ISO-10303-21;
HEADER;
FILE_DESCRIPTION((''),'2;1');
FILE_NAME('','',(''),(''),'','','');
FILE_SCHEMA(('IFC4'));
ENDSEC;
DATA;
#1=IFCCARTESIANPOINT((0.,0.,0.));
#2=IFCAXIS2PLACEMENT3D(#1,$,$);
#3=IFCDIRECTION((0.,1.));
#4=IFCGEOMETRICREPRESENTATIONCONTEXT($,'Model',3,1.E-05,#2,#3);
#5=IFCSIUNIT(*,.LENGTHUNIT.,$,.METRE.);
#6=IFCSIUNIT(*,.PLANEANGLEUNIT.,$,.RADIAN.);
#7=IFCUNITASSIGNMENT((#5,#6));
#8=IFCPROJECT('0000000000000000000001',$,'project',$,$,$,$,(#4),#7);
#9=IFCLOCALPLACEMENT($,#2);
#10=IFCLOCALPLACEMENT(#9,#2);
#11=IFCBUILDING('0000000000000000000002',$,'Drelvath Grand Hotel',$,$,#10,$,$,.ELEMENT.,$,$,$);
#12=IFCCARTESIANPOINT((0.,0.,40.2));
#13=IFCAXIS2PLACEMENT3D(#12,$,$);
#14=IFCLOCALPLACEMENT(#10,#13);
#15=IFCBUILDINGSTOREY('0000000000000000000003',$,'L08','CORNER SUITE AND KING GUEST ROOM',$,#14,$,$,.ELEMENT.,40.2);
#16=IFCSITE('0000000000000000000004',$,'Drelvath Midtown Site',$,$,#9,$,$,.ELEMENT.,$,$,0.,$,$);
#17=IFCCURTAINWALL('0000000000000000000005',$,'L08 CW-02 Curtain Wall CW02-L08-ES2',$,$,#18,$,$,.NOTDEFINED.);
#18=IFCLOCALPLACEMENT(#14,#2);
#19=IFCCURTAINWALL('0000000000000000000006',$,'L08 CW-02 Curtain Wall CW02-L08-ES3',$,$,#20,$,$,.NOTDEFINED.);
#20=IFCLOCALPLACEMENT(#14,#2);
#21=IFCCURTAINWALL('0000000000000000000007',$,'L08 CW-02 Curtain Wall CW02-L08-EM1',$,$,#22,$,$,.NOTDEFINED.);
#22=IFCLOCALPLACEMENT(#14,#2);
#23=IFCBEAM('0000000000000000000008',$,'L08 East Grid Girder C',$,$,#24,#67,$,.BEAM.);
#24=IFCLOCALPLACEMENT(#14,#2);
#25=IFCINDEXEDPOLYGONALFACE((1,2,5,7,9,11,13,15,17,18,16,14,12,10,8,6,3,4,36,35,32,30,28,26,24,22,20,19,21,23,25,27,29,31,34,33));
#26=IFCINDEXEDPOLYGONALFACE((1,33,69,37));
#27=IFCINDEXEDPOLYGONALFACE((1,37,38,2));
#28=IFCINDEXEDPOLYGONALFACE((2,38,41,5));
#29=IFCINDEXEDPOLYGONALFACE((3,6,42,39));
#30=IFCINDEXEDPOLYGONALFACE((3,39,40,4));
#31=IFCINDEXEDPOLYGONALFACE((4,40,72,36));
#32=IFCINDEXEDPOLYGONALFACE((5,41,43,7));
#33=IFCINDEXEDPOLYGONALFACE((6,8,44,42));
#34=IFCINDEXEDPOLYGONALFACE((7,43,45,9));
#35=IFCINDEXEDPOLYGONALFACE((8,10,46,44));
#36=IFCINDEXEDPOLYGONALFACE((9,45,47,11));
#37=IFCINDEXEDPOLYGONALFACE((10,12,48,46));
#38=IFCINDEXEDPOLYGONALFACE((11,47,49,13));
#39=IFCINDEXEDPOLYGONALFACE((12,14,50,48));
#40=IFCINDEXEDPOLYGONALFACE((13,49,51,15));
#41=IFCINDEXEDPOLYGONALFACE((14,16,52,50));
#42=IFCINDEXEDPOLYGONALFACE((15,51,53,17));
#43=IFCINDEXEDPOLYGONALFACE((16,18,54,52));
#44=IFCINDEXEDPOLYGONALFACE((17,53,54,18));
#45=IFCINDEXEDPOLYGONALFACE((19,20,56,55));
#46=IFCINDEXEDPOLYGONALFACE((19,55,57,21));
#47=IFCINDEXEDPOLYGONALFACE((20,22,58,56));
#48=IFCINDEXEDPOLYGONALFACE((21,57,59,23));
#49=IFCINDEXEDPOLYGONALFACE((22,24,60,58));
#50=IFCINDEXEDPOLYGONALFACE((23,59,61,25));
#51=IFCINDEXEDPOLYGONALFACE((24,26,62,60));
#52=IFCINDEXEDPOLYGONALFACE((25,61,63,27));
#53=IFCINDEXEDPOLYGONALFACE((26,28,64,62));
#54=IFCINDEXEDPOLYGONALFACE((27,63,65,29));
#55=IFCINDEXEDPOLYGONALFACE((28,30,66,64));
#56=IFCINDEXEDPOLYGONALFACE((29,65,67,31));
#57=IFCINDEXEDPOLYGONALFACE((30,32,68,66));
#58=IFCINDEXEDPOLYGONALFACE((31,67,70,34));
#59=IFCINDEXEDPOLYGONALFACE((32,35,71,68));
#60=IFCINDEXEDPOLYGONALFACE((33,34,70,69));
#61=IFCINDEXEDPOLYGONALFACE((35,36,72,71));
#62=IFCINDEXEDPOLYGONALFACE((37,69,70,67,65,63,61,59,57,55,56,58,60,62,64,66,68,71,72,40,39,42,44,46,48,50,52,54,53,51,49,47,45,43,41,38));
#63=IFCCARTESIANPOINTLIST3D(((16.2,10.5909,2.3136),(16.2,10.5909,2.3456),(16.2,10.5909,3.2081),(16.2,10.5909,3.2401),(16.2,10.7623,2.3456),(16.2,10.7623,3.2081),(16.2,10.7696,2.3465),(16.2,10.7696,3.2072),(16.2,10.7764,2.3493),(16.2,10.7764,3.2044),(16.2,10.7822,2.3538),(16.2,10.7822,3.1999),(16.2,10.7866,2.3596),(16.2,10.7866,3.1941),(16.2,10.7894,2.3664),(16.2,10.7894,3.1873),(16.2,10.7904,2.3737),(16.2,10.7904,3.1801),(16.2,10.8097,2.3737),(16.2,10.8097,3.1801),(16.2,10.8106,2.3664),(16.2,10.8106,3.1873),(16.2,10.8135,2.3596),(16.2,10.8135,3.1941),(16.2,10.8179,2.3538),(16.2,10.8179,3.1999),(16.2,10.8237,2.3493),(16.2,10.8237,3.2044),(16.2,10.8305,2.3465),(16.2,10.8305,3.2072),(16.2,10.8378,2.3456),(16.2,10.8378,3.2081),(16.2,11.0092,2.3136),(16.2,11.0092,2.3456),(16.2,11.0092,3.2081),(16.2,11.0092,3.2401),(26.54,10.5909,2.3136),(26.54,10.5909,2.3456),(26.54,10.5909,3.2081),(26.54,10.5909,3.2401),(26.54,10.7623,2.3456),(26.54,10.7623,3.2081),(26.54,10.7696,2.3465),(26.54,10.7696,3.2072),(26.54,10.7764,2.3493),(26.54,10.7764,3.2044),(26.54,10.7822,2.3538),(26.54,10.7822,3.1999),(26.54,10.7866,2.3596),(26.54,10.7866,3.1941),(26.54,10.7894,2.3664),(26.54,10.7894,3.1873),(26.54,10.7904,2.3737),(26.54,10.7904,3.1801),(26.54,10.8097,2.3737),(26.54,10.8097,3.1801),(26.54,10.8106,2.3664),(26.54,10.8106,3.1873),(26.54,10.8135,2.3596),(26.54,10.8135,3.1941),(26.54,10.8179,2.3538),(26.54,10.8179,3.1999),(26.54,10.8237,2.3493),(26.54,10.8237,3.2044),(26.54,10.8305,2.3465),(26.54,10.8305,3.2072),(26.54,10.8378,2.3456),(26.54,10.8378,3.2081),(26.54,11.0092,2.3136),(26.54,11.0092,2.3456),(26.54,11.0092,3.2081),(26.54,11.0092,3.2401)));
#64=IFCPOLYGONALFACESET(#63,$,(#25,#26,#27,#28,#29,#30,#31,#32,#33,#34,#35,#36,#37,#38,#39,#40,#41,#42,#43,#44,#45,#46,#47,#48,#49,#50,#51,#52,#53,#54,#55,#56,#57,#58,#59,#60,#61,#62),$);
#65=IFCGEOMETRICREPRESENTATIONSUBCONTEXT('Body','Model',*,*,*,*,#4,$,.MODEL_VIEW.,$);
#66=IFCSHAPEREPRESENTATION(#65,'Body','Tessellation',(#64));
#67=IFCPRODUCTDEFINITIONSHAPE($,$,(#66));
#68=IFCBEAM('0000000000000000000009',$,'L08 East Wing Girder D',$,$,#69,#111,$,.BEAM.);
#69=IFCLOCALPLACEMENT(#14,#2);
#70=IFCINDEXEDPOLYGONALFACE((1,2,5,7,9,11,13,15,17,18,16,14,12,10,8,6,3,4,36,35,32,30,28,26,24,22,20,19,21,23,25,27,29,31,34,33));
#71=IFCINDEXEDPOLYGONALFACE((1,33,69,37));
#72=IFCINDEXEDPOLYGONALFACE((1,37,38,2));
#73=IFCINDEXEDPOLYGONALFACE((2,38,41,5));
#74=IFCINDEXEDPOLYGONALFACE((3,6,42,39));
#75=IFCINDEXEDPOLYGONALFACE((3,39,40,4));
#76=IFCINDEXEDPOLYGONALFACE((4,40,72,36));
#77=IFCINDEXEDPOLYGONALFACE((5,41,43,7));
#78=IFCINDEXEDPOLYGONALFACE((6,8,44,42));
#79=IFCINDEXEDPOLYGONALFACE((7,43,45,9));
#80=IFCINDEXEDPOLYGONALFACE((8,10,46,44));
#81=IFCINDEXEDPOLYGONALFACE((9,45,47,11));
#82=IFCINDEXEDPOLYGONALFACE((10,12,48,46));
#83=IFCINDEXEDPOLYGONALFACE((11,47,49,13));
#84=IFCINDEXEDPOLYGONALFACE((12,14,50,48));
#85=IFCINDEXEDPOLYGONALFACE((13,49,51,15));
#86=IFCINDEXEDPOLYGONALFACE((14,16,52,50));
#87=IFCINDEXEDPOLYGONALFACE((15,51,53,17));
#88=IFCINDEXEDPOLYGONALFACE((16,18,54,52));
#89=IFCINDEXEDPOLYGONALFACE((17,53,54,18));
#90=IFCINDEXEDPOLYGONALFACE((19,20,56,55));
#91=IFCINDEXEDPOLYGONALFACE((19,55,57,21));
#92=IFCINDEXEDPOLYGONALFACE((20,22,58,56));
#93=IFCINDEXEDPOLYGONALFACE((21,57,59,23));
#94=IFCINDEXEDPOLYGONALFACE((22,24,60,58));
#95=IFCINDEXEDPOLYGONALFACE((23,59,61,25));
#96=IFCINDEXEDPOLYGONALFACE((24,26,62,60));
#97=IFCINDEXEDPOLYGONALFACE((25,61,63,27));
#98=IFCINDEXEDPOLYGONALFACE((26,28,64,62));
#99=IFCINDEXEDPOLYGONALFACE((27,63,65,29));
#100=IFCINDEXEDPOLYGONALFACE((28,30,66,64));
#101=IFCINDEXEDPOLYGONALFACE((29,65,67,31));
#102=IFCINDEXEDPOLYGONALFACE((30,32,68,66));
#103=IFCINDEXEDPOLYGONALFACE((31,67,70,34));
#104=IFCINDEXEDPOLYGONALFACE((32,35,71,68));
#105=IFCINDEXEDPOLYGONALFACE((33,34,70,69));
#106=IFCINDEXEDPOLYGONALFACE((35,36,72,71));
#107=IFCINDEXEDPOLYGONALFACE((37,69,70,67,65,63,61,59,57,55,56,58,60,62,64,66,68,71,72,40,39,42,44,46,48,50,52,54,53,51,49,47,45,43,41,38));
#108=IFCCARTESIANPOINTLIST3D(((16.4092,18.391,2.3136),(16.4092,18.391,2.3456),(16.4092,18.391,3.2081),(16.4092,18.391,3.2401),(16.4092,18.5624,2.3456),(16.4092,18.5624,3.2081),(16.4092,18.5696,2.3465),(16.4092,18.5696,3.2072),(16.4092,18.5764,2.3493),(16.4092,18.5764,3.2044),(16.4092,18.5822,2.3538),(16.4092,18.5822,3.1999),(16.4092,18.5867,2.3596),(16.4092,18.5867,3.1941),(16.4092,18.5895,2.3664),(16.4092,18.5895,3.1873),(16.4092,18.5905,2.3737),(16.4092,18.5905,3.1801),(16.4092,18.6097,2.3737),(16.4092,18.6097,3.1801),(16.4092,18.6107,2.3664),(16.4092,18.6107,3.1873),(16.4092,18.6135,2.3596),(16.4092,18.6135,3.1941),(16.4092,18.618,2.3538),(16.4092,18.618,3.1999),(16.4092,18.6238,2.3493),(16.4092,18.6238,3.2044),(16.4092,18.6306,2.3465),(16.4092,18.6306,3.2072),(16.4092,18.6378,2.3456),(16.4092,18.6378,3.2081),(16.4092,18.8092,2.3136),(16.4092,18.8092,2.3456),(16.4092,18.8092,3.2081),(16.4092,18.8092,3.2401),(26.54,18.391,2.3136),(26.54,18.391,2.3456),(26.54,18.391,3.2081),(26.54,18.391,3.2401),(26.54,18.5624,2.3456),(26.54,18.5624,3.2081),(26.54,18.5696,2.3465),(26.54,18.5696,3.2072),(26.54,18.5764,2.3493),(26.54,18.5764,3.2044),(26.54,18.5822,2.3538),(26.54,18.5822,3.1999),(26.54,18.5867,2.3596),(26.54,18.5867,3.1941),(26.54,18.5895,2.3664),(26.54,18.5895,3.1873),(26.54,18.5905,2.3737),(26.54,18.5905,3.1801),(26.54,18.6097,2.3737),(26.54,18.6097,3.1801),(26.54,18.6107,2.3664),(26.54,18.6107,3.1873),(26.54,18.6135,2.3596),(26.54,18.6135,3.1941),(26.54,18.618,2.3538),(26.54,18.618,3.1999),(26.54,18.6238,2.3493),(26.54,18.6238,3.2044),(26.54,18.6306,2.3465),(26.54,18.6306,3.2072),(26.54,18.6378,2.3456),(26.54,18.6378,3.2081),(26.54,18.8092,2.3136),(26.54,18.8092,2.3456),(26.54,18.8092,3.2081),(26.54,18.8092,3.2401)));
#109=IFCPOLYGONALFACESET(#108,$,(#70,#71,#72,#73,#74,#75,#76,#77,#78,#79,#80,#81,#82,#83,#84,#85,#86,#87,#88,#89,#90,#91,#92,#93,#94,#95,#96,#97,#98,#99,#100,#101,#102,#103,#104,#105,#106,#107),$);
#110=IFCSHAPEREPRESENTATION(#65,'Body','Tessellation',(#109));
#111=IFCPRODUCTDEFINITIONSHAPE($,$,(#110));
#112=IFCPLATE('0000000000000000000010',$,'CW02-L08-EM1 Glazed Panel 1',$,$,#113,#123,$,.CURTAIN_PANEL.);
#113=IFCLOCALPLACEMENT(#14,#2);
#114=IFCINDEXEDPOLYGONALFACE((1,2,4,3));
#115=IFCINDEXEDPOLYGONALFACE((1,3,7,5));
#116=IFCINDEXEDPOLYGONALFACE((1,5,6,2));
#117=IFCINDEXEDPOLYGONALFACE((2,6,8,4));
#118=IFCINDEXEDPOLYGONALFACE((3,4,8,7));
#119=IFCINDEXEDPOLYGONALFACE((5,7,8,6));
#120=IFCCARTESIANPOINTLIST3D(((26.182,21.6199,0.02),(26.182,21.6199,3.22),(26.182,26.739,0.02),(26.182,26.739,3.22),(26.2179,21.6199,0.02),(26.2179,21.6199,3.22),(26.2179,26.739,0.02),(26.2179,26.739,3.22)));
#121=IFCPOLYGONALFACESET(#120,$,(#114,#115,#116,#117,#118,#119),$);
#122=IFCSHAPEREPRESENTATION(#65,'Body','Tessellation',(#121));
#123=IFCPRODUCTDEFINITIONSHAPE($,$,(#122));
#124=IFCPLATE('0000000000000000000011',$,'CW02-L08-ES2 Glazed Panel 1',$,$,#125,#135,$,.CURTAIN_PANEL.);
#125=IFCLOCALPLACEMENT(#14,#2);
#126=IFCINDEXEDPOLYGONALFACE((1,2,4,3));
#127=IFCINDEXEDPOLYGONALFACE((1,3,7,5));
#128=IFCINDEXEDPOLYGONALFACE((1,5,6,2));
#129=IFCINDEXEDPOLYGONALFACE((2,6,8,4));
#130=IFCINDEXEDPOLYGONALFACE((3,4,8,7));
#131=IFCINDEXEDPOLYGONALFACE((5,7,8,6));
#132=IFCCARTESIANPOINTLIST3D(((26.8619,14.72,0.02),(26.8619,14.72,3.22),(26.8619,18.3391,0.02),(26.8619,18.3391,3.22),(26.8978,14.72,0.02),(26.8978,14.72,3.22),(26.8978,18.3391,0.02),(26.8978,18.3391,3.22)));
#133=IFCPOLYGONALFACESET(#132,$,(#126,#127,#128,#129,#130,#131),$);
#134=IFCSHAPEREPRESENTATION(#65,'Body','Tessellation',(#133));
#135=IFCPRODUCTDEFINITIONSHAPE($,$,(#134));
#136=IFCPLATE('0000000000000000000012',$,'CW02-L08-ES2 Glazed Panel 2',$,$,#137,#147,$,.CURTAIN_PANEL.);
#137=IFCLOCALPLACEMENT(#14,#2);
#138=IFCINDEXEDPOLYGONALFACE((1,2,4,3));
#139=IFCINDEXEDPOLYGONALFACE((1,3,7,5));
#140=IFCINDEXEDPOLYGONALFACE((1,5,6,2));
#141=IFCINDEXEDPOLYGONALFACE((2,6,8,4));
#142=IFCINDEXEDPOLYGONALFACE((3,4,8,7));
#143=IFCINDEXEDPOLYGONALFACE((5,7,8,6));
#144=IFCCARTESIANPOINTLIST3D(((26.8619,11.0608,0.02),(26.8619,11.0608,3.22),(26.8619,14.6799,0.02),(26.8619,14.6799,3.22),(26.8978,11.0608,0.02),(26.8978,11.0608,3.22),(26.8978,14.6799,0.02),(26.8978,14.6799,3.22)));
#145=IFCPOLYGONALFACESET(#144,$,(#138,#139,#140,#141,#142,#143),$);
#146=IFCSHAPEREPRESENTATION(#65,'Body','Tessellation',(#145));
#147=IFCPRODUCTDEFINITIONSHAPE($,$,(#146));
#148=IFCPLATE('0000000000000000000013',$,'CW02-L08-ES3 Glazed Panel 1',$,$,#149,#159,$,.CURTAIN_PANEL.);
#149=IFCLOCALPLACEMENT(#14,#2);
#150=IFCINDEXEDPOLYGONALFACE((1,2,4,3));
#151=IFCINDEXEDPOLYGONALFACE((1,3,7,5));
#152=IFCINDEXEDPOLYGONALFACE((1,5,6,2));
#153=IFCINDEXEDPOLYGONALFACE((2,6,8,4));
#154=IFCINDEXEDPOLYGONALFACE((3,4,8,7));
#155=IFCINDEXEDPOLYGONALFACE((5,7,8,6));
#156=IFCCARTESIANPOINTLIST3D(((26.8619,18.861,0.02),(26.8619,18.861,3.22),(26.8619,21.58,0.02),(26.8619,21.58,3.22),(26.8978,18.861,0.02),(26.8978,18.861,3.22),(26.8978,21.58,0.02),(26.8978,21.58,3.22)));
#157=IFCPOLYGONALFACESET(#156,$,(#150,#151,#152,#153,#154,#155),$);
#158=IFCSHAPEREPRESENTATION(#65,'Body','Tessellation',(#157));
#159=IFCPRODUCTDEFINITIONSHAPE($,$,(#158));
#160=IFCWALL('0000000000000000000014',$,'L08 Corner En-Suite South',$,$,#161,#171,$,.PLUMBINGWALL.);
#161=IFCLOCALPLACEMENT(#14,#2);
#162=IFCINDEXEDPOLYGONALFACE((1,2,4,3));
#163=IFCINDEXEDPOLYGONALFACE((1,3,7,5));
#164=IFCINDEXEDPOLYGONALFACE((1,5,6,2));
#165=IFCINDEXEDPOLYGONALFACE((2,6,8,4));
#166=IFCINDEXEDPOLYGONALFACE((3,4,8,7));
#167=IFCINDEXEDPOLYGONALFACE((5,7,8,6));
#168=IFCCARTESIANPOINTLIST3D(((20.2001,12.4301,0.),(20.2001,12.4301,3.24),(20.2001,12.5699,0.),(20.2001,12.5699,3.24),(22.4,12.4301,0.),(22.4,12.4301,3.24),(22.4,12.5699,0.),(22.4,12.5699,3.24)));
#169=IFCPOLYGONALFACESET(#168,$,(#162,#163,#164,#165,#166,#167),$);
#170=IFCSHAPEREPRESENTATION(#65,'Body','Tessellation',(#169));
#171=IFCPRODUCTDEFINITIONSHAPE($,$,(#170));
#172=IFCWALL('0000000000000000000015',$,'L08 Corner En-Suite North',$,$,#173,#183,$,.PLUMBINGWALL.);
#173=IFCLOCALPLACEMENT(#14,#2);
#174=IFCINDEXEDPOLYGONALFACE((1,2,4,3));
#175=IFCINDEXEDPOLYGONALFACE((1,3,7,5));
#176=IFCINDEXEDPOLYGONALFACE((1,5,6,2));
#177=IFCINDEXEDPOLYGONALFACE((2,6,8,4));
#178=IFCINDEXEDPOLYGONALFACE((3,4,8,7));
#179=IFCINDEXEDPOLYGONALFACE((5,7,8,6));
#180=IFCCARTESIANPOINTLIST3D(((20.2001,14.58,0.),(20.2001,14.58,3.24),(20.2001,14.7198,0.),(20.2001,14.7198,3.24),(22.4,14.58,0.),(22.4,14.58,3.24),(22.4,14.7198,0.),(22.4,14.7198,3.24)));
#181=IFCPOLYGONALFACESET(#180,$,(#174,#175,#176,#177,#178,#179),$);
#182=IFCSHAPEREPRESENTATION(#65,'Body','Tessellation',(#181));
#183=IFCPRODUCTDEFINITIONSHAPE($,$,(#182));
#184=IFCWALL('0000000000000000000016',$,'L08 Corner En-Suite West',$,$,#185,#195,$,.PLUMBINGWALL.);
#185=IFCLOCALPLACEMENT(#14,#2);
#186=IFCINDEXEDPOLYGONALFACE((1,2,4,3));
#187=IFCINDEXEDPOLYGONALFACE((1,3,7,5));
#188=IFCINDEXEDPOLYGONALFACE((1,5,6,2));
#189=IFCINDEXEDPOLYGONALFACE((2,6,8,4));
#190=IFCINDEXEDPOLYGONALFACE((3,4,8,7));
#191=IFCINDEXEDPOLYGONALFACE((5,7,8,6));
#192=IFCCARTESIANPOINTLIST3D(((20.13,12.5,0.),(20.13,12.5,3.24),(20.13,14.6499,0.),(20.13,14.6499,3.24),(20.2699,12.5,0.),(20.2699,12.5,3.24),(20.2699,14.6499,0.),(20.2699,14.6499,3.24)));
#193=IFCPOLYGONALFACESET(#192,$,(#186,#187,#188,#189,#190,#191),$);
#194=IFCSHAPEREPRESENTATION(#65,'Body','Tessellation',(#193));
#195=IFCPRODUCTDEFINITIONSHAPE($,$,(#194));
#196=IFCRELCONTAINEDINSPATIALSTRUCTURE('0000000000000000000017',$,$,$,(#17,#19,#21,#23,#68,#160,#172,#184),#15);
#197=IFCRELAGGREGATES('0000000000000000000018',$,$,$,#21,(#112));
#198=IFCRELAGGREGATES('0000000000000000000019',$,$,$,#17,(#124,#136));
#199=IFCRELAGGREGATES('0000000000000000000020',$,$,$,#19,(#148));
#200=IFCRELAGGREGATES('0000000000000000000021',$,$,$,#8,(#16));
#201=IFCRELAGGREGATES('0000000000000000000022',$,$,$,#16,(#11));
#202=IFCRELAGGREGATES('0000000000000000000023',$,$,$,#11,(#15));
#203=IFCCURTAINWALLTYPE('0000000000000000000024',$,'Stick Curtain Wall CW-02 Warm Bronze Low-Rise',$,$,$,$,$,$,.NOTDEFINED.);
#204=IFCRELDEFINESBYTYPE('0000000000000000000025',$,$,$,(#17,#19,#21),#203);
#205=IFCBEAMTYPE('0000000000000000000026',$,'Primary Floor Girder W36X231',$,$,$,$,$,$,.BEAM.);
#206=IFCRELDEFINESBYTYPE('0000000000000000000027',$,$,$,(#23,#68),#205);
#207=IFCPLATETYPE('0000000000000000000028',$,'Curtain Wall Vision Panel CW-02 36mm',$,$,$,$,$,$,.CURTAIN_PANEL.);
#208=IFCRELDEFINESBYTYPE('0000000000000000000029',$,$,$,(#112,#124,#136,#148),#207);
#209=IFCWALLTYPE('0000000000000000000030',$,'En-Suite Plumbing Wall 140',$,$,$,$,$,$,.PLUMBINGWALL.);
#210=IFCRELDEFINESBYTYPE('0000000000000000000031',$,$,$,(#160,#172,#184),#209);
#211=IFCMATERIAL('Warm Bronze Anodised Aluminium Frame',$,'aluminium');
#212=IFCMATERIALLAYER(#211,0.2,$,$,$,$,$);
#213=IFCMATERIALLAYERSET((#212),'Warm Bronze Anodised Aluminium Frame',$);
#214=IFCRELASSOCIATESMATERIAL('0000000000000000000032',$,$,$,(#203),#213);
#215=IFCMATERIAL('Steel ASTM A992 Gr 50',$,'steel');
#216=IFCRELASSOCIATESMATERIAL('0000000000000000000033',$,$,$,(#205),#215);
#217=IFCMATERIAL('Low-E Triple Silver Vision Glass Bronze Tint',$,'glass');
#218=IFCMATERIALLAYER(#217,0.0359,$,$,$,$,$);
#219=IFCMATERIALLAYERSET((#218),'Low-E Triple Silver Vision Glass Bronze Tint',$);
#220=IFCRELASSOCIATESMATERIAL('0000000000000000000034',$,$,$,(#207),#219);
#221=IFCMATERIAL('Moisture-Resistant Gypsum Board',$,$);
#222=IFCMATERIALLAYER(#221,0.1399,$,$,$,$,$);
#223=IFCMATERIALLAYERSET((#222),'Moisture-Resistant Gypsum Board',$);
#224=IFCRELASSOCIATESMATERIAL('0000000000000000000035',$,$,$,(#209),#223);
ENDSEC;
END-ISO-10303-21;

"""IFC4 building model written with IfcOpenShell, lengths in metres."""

from ifc_helpers import new_model, si_unit, direction, frame, frame_2d, origin, origin_2d, place, context, subcontext, project, spatial, rectangle, i_section, extrude, material, layer, layer_set, material_profile, profile_set, type_object, element, aggregate, save


model = new_model("IFC4")

# Units and contexts
model_context = context("Model", 3, precision=1e-05, world=origin(), true_north=direction((0.0, 1.0)))
body_context = subcontext(model_context, "Body", "Model", "MODEL_VIEW")
ifc_project = project(units=[si_unit("LENGTHUNIT", "METRE"), si_unit("PLANEANGLEUNIT", "RADIAN")], contexts=[model_context])

# Site, building, storey
site_placement = place(None, origin())
site = spatial("IfcSite", under=ifc_project, at=site_placement, Name="Drelvath Midtown Site", CompositionType="ELEMENT", RefElevation=0.0)
building_placement = place(site_placement, origin())
building = spatial("IfcBuilding", under=site, at=building_placement, Name="Drelvath Grand Hotel", CompositionType="ELEMENT")
storey_placement = place(building_placement, frame((0.0, 0.0, 40.2)))
storey = spatial("IfcBuildingStorey", under=building, at=storey_placement, Name="L08", Description="CORNER SUITE AND KING GUEST ROOM", CompositionType="ELEMENT", Elevation=40.2)

# Curtain walls
ifc_material_1 = material(Name="Warm Bronze Anodised Aluminium Frame", Category="aluminium")
ifc_layer_1 = layer(ifc_material_1, 0.2)
ifc_layer_set_1 = layer_set([ifc_layer_1], Name="Warm Bronze Anodised Aluminium Frame")
curtain_wall_type = type_object("IfcCurtainWallType", Name="Stick Curtain Wall CW-02 Warm Bronze Low-Rise", PredefinedType="NOTDEFINED", material=ifc_layer_set_1)
curtain_wall_1_placement = place(storey_placement, origin())
curtain_wall_1 = element("IfcCurtainWall", 1, at=curtain_wall_1_placement, inside=storey, type_object=curtain_wall_type, Name="L08 CW-02 Curtain Wall CW02-L08-ES2", PredefinedType="NOTDEFINED")
curtain_wall_2_placement = place(storey_placement, origin())
curtain_wall_2 = element("IfcCurtainWall", 2, at=curtain_wall_2_placement, inside=storey, type_object=curtain_wall_type, Name="L08 CW-02 Curtain Wall CW02-L08-ES3", PredefinedType="NOTDEFINED")
curtain_wall_3_placement = place(storey_placement, origin())
curtain_wall_3 = element("IfcCurtainWall", 3, at=curtain_wall_3_placement, inside=storey, type_object=curtain_wall_type, Name="L08 CW-02 Curtain Wall CW02-L08-EM1", PredefinedType="NOTDEFINED")

# Beams
ifc_material_2 = material(Name="Steel ASTM A992 Gr 50", Category="steel")
ifc_material_profile_1 = material_profile(ifc_material_2, i_section(OverallWidth=0.4182, OverallDepth=0.9265, WebThickness=0.0193, FlangeThickness=0.032, FilletRadius=0.0281, at=origin_2d()), Name="W36X231")
ifc_profile_set_1 = profile_set([ifc_material_profile_1], Name="Steel ASTM A992 Gr 50")
beam_type_1 = type_object("IfcBeamType", Name="Primary Floor Girder W36X231", PredefinedType="BEAM", material=ifc_profile_set_1)
beam_1_placement = place(storey_placement, frame((16.2, 10.8, 2.7769), z_axis=(1.0, 0.0, 0.0), x_axis=(0.0, 1.0, 0.0)))
element("IfcBeam", 4, at=beam_1_placement, inside=storey, type_object=beam_type_1, Name="L08 East Grid Girder C", PredefinedType="BEAM", context=body_context, shape_type="SweptSolid", body=[
    extrude(i_section(OverallWidth=0.4182, OverallDepth=0.9265, WebThickness=0.0193, FlangeThickness=0.032, FilletRadius=0.0281, at=origin_2d()), origin(), (0.0, 0.0, 1.0), 10.3401),
])
beam_2_placement = place(storey_placement, frame((16.4092, 18.6001, 2.7769), z_axis=(1.0, 0.0, 0.0), x_axis=(0.0, 1.0, 0.0)))
element("IfcBeam", 5, at=beam_2_placement, inside=storey, type_object=beam_type_1, Name="L08 East Wing Girder D", PredefinedType="BEAM", context=body_context, shape_type="SweptSolid", body=[
    extrude(i_section(OverallWidth=0.4182, OverallDepth=0.9265, WebThickness=0.0193, FlangeThickness=0.032, FilletRadius=0.0281, at=origin_2d()), origin(), (0.0, 0.0, 1.0), 10.1309),
])

# Plates
ifc_material_3 = material(Name="Low-E Triple Silver Vision Glass Bronze Tint", Category="glass")
ifc_layer_2 = layer(ifc_material_3, 0.0359)
ifc_layer_set_2 = layer_set([ifc_layer_2], Name="Low-E Triple Silver Vision Glass Bronze Tint")
plate_type = type_object("IfcPlateType", Name="Curtain Wall Vision Panel CW-02 36mm", PredefinedType="CURTAIN_PANEL", material=ifc_layer_set_2)
plate_1_placement = place(storey_placement, frame((26.2, 24.1794, 0.02), z_axis=(0.0, 0.0, 1.0), x_axis=(0.0, -1.0, 0.0)))
plate_1 = element("IfcPlate", 6, at=plate_1_placement, type_object=plate_type, Name="CW02-L08-EM1 Glazed Panel 1", PredefinedType="CURTAIN_PANEL", context=body_context, shape_type="SweptSolid", body=[
    extrude(rectangle(XDim=5.1191, YDim=0.0359, at=origin_2d()), origin(), (0.0, 0.0, 1.0), 3.2),
])
aggregate(curtain_wall_3, [plate_1])
plate_2_placement = place(storey_placement, frame((26.8799, 16.5295, 0.02), z_axis=(0.0, 0.0, 1.0), x_axis=(0.0, -1.0, 0.0)))
plate_2 = element("IfcPlate", 7, at=plate_2_placement, type_object=plate_type, Name="CW02-L08-ES2 Glazed Panel 1", PredefinedType="CURTAIN_PANEL", context=body_context, shape_type="SweptSolid", body=[
    extrude(rectangle(XDim=3.6191, YDim=0.0359, at=origin_2d()), origin(), (0.0, 0.0, 1.0), 3.2),
])
plate_3_placement = place(storey_placement, frame((26.8799, 12.8704, 0.02), z_axis=(0.0, 0.0, 1.0), x_axis=(0.0, -1.0, 0.0)))
plate_3 = element("IfcPlate", 8, at=plate_3_placement, type_object=plate_type, Name="CW02-L08-ES2 Glazed Panel 2", PredefinedType="CURTAIN_PANEL", context=body_context, shape_type="SweptSolid", body=[
    extrude(rectangle(XDim=3.6191, YDim=0.0359, at=origin_2d()), origin(), (0.0, 0.0, 1.0), 3.2),
])
aggregate(curtain_wall_1, [plate_2, plate_3])
plate_4_placement = place(storey_placement, frame((26.8799, 20.2205, 0.02), z_axis=(0.0, 0.0, 1.0), x_axis=(0.0, -1.0, 0.0)))
plate_4 = element("IfcPlate", 9, at=plate_4_placement, type_object=plate_type, Name="CW02-L08-ES3 Glazed Panel 1", PredefinedType="CURTAIN_PANEL", context=body_context, shape_type="SweptSolid", body=[
    extrude(rectangle(XDim=2.719, YDim=0.0359, at=origin_2d()), origin(), (0.0, 0.0, 1.0), 3.2),
])
aggregate(curtain_wall_2, [plate_4])

# Walls
ifc_material_4 = material(Name="Moisture-Resistant Gypsum Board")
ifc_layer_3 = layer(ifc_material_4, 0.1399)
ifc_layer_set_3 = layer_set([ifc_layer_3], Name="Moisture-Resistant Gypsum Board")
wall_type_1 = type_object("IfcWallType", Name="En-Suite Plumbing Wall 140", PredefinedType="PLUMBINGWALL", material=ifc_layer_set_3)
for number, where, z_axis, x_axis, name in (
    (10, (20.2, 12.5, 0.0), (0.0, 0.0, 1.0), (1.0, 0.0, 0.0), "L08 Corner En-Suite South"),
    (11, (20.2, 14.6499, 0.0), (0.0, 0.0, 1.0), (1.0, 0.0, 0.0), "L08 Corner En-Suite North"),
):
    element("IfcWall", number, at=place(storey_placement, frame(where, z_axis=z_axis, x_axis=x_axis)), inside=storey, type_object=wall_type_1, Name=name, PredefinedType="PLUMBINGWALL", context=body_context, shape_type="SweptSolid", body=[
        extrude(rectangle(XDim=2.2, YDim=0.1399, at=frame_2d((1.1001, 0.0))), origin(), (0.0, 0.0, 1.0), 3.24),
    ])
wall_1_placement = place(storey_placement, frame((20.2, 12.5, 0.0), z_axis=(0.0, 0.0, 1.0), x_axis=(0.0, 1.0, 0.0)))
element("IfcWall", 12, at=wall_1_placement, inside=storey, type_object=wall_type_1, Name="L08 Corner En-Suite West", PredefinedType="PLUMBINGWALL", context=body_context, shape_type="SweptSolid", body=[
    extrude(rectangle(XDim=2.1499, YDim=0.1399, at=frame_2d((1.075, 0.0))), origin(), (0.0, 0.0, 1.0), 3.24),
])

save(model, "model.ifc")
